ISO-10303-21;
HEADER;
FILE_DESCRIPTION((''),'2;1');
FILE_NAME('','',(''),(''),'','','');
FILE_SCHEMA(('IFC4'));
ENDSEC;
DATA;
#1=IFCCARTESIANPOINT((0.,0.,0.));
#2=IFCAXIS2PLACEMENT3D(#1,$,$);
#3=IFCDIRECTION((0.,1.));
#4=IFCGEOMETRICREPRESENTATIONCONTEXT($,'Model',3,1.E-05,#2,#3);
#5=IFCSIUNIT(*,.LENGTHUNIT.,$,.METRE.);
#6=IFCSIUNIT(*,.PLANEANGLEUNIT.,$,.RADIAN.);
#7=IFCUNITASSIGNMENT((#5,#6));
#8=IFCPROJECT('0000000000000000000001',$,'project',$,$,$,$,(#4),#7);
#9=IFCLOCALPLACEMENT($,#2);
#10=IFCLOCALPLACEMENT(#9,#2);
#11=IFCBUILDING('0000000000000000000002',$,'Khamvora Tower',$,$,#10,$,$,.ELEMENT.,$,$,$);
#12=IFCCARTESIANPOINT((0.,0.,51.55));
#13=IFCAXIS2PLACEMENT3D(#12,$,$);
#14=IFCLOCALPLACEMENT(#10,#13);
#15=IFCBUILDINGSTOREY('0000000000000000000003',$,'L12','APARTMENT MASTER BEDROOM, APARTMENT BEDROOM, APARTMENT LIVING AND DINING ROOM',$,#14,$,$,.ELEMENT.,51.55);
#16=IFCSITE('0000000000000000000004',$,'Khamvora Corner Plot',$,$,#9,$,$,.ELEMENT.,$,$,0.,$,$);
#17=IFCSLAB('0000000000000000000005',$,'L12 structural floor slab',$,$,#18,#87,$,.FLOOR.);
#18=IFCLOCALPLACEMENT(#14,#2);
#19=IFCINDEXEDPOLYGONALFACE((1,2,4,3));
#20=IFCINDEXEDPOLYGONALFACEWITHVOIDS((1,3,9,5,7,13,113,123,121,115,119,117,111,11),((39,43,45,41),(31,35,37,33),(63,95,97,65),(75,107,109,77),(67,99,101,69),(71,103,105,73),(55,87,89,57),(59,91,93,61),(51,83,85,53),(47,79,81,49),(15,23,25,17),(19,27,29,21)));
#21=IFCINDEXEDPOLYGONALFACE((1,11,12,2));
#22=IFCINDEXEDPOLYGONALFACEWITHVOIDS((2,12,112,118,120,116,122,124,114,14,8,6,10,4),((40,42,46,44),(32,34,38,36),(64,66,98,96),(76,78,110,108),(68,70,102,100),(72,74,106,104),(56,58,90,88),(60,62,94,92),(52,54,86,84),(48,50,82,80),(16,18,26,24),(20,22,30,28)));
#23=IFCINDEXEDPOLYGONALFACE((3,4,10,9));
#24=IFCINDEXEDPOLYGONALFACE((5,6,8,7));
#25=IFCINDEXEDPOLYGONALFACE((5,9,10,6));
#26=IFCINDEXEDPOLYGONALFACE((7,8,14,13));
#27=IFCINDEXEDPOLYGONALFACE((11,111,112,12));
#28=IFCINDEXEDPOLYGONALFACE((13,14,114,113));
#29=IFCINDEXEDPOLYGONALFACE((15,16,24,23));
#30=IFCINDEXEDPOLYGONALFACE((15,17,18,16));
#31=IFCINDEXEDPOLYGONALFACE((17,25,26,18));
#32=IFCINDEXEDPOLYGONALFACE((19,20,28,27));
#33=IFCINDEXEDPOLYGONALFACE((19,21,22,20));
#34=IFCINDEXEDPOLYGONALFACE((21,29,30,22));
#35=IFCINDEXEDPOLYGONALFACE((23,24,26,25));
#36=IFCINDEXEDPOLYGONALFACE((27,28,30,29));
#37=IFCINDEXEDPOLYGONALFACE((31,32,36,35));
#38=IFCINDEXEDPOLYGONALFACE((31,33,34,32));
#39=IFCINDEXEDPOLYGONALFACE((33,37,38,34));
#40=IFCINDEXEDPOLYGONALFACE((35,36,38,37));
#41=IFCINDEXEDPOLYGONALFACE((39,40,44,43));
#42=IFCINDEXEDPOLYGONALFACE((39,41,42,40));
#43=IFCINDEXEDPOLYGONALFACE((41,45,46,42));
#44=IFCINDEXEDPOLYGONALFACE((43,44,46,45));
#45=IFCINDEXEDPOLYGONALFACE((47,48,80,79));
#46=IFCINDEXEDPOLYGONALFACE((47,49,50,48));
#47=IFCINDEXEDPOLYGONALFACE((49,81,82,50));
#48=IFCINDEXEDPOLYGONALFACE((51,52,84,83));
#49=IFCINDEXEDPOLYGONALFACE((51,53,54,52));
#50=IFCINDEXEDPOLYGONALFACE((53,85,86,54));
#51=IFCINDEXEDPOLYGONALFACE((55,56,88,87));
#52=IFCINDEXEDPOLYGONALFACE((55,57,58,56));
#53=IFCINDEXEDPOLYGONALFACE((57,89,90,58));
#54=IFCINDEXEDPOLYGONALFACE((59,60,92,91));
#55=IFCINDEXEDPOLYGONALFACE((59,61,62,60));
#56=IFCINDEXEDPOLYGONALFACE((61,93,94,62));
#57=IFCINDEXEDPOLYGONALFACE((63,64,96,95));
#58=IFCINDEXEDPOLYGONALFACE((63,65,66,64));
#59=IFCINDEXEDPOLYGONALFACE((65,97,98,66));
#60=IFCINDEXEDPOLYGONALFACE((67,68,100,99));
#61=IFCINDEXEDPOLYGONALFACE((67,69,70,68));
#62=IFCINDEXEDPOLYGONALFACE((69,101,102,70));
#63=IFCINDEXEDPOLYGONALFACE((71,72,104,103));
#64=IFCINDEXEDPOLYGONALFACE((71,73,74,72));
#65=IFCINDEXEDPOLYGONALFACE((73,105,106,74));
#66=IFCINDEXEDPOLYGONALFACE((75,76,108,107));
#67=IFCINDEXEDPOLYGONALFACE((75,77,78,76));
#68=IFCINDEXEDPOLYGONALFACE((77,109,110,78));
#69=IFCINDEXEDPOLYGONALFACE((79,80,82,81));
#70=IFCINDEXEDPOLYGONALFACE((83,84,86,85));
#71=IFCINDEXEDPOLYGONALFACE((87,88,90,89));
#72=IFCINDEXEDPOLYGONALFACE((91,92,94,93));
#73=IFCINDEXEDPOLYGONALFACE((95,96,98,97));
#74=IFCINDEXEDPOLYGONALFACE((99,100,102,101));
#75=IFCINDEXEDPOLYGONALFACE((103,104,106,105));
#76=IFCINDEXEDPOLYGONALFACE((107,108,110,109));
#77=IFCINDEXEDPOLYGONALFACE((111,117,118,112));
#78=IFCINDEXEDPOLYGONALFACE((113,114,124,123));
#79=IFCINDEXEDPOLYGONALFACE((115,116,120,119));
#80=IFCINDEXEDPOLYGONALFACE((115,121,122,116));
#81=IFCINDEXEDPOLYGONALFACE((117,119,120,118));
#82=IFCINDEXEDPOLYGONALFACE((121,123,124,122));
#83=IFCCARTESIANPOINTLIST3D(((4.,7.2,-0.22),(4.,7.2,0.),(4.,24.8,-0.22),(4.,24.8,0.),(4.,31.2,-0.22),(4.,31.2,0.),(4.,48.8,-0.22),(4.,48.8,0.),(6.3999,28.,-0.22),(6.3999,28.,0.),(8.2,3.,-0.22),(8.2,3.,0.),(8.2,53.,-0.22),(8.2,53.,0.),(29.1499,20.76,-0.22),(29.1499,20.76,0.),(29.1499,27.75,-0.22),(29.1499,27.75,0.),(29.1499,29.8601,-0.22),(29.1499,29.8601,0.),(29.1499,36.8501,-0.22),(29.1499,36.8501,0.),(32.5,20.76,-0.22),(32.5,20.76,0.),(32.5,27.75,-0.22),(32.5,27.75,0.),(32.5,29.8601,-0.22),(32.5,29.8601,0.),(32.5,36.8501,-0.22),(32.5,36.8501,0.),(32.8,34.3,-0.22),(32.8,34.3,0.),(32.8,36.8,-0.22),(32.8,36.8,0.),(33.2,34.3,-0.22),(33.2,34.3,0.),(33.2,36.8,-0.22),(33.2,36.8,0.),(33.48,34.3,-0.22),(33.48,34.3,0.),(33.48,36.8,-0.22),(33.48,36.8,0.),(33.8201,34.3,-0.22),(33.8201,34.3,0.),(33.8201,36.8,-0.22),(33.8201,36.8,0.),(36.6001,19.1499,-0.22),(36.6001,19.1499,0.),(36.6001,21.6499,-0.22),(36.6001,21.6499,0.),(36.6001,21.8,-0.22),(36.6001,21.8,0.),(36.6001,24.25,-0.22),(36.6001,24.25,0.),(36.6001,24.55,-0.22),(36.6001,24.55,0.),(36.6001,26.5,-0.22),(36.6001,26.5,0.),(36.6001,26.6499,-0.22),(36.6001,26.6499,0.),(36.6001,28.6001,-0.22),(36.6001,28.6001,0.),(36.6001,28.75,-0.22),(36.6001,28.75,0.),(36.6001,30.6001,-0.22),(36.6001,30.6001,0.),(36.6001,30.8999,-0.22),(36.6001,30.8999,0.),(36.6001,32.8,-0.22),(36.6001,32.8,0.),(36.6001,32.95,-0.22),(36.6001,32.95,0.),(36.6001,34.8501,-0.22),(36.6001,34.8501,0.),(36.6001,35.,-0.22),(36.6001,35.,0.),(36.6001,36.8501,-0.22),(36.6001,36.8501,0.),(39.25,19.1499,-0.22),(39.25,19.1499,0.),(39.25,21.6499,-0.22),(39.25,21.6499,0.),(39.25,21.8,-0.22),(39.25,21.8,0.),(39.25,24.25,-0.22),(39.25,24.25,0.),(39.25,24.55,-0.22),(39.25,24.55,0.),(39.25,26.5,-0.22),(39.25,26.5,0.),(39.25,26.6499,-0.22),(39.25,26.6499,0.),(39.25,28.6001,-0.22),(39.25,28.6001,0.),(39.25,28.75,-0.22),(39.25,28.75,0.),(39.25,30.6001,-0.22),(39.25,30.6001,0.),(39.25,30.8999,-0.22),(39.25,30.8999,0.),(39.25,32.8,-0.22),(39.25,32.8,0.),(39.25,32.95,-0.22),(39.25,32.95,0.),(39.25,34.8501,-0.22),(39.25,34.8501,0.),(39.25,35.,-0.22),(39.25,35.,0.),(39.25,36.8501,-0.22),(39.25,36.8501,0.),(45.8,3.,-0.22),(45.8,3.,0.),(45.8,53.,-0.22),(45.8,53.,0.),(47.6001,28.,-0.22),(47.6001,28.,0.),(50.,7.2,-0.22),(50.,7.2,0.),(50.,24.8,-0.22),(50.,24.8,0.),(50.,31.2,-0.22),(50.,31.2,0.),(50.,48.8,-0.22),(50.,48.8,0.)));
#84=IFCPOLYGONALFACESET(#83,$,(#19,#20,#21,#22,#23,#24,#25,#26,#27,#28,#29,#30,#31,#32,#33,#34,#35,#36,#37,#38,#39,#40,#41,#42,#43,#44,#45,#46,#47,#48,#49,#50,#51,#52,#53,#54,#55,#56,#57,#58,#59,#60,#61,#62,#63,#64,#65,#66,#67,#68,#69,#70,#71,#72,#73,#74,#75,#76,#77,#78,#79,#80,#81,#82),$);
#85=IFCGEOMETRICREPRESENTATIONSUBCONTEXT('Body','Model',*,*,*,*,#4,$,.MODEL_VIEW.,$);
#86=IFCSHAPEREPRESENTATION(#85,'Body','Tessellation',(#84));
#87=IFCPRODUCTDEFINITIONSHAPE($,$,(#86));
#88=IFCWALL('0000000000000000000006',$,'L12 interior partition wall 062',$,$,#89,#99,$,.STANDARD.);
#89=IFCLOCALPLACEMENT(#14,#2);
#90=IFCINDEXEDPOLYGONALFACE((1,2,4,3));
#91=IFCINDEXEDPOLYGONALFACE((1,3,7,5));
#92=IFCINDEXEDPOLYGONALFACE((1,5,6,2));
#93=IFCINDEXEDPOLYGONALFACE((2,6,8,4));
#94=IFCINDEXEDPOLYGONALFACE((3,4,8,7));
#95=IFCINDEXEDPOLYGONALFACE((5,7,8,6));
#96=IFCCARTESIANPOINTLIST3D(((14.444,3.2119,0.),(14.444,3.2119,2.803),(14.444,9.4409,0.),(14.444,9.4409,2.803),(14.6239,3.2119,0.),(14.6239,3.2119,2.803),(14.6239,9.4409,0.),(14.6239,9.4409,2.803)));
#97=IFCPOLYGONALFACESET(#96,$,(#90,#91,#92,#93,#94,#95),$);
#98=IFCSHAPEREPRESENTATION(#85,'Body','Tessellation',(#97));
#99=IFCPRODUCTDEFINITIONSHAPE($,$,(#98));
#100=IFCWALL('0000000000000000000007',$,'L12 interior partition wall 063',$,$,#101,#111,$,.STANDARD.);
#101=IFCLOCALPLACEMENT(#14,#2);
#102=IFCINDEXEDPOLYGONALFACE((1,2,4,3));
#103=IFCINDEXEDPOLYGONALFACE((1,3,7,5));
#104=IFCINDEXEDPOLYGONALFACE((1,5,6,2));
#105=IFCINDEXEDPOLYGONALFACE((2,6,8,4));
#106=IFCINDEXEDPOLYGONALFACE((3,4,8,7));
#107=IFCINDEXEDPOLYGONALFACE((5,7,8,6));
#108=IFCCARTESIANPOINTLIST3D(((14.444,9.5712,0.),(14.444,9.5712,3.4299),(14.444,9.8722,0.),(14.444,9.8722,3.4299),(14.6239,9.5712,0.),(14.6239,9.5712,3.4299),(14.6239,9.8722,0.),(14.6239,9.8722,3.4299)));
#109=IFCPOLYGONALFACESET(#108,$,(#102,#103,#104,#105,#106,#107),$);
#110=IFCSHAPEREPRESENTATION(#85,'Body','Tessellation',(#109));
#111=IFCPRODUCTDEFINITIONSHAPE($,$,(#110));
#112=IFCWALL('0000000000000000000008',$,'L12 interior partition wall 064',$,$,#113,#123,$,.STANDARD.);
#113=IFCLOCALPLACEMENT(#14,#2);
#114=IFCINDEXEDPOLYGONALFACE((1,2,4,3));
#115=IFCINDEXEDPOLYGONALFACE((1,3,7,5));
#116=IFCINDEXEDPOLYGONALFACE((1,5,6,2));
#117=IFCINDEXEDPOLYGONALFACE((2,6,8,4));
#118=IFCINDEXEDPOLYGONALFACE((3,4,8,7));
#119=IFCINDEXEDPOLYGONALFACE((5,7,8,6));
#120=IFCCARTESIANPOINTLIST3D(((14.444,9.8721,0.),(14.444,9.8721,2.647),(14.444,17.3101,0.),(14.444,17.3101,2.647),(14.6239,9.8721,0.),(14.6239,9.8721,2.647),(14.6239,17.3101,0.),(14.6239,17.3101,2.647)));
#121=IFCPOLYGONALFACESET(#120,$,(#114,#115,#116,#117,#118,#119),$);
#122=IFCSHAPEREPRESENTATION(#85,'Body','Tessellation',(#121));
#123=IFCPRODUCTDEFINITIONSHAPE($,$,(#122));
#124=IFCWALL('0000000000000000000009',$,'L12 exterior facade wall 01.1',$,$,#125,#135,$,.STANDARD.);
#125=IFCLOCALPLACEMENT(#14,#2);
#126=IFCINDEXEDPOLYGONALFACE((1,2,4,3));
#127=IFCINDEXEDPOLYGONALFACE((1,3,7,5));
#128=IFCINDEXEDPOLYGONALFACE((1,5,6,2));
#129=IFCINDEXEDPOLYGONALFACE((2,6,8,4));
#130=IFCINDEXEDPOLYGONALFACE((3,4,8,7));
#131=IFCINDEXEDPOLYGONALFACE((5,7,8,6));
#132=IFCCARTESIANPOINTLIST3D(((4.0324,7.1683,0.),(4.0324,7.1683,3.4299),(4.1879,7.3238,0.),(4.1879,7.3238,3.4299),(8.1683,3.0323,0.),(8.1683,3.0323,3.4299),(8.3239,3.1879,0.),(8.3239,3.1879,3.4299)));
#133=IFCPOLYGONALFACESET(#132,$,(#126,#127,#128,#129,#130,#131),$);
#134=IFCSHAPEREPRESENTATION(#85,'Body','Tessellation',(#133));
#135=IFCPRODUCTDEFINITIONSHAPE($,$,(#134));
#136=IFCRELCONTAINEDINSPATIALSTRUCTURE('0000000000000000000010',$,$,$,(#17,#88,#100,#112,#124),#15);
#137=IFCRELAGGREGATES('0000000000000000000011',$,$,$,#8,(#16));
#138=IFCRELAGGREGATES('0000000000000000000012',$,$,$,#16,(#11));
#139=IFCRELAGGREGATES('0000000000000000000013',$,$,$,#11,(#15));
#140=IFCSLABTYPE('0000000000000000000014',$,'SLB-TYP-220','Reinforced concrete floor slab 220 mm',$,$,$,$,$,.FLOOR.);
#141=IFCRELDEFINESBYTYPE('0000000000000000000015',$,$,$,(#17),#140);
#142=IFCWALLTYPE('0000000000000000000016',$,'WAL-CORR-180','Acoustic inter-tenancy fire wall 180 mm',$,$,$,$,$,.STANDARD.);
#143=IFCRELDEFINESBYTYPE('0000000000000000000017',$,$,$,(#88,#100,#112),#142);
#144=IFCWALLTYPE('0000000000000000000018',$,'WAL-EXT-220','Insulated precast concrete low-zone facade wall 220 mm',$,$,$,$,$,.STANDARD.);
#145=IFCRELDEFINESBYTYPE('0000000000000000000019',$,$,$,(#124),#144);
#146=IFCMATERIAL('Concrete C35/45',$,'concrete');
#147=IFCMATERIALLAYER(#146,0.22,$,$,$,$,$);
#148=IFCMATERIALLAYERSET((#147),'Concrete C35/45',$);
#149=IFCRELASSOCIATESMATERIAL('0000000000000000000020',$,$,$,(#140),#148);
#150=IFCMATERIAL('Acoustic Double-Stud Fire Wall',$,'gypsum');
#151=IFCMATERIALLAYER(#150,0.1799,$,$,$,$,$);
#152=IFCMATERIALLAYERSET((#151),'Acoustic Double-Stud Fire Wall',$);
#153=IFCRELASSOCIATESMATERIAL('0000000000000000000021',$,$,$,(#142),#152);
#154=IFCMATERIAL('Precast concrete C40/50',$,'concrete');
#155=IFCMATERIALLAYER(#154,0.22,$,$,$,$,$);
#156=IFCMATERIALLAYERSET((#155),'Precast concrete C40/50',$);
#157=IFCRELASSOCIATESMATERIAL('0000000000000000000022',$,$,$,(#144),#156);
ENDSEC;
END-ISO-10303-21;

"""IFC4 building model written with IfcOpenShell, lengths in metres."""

from ifc_helpers import new_model, si_unit, direction, frame, frame_2d, origin, place, context, subcontext, project, spatial, polyline, rectangle, outline, extrude, material, layer, layer_set, type_object, element, save


model = new_model("IFC4")

# Units and contexts
model_context = context("Model", 3, precision=1e-05, world=origin(), true_north=direction((0.0, 1.0)))
body_context = subcontext(model_context, "Body", "Model", "MODEL_VIEW")
ifc_project = project(units=[si_unit("LENGTHUNIT", "METRE"), si_unit("PLANEANGLEUNIT", "RADIAN")], contexts=[model_context])

# Site, building, storey
site_placement = place(None, origin())
site = spatial("IfcSite", under=ifc_project, at=site_placement, Name="Khamvora Corner Plot", CompositionType="ELEMENT", RefElevation=0.0)
building_placement = place(site_placement, origin())
building = spatial("IfcBuilding", under=site, at=building_placement, Name="Khamvora Tower", CompositionType="ELEMENT")
storey_placement = place(building_placement, frame((0.0, 0.0, 51.55)))
storey = spatial("IfcBuildingStorey", under=building, at=storey_placement, Name="L12", Description="APARTMENT MASTER BEDROOM, APARTMENT BEDROOM, APARTMENT LIVING AND DINING ROOM", CompositionType="ELEMENT", Elevation=51.55)

# Slab
ifc_material_1 = material(Name="Concrete C35/45", Category="concrete")
ifc_layer_1 = layer(ifc_material_1, 0.22)
ifc_layer_set_1 = layer_set([ifc_layer_1], Name="Concrete C35/45")
slab_type_1 = type_object("IfcSlabType", Name="SLB-TYP-220", Description="Reinforced concrete floor slab 220 mm", PredefinedType="FLOOR", material=ifc_layer_set_1)
slab_1_placement = place(storey_placement, frame((0.0, 0.0, -0.22)))
element("IfcSlab", 1, at=slab_1_placement, inside=storey, type_object=slab_type_1, Name="L12 structural floor slab", PredefinedType="FLOOR", context=body_context, shape_type="SweptSolid", body=[
    extrude(outline(polyline([(8.2, 3.0), (45.8, 3.0), (50.0, 7.2), (50.0, 24.8), (47.6001, 28.0), (50.0, 31.2), (50.0, 48.8), (45.8, 53.0), (8.2, 53.0), (4.0, 48.8), (4.0, 31.2), (6.3999, 28.0), (4.0, 24.8), (4.0, 7.2), (8.2, 3.0)]), holes=[polyline([(32.5, 20.76), (32.5, 27.75), (29.1499, 27.75), (29.1499, 20.76), (32.5, 20.76)]), polyline([(32.5, 29.8601), (32.5, 36.8501), (29.1499, 36.8501), (29.1499, 29.8601), (32.5, 29.8601)]), polyline([(36.6001, 19.1499), (39.25, 19.1499), (39.25, 21.6499), (36.6001, 21.6499), (36.6001, 19.1499)]), polyline([(36.6001, 21.8), (39.25, 21.8), (39.25, 24.25), (36.6001, 24.25), (36.6001, 21.8)]), polyline([(36.6001, 24.55), (39.25, 24.55), (39.25, 26.5), (36.6001, 26.5), (36.6001, 24.55)]), polyline([(36.6001, 26.6499), (39.25, 26.6499), (39.25, 28.6001), (36.6001, 28.6001), (36.6001, 26.6499)]), polyline([(36.6001, 28.75), (39.25, 28.75), (39.25, 30.6001), (36.6001, 30.6001), (36.6001, 28.75)]), polyline([(36.6001, 30.8999), (39.25, 30.8999), (39.25, 32.8), (36.6001, 32.8), (36.6001, 30.8999)]), polyline([(36.6001, 32.95), (39.25, 32.95), (39.25, 34.8501), (36.6001, 34.8501), (36.6001, 32.95)]), polyline([(36.6001, 35.0), (39.25, 35.0), (39.25, 36.8501), (36.6001, 36.8501), (36.6001, 35.0)]), polyline([(32.8, 34.3), (33.2, 34.3), (33.2, 36.8), (32.8, 36.8), (32.8, 34.3)]), polyline([(33.48, 34.3), (33.8201, 34.3), (33.8201, 36.8), (33.48, 36.8), (33.48, 34.3)])]), origin(), (0.0, 0.0, 1.0), 0.22),
])

# Walls
ifc_material_2 = material(Name="Acoustic Double-Stud Fire Wall", Category="gypsum")
ifc_layer_2 = layer(ifc_material_2, 0.1799)
ifc_layer_set_2 = layer_set([ifc_layer_2], Name="Acoustic Double-Stud Fire Wall")
wall_type_1 = type_object("IfcWallType", Name="WAL-CORR-180", Description="Acoustic inter-tenancy fire wall 180 mm", PredefinedType="STANDARD", material=ifc_layer_set_2)
wall_1_placement = place(storey_placement, frame((14.5339, 9.4409, 0.0), z_axis=(0.0, 0.0, 1.0), x_axis=(0.0, -1.0, 0.0)))
element("IfcWall", 2, at=wall_1_placement, inside=storey, type_object=wall_type_1, Name="L12 interior partition wall 062", PredefinedType="STANDARD", context=body_context, shape_type="SweptSolid", body=[
    extrude(rectangle(XDim=6.229, YDim=0.1799, at=frame_2d((3.1145, 0.0))), origin(), (0.0, 0.0, 1.0), 2.803),
])
wall_2_placement = place(storey_placement, frame((14.5339, 9.8721, 0.0), z_axis=(0.0, 0.0, 1.0), x_axis=(0.0, -1.0, 0.0)))
element("IfcWall", 3, at=wall_2_placement, inside=storey, type_object=wall_type_1, Name="L12 interior partition wall 063", PredefinedType="STANDARD", context=body_context, shape_type="SweptSolid", body=[
    extrude(rectangle(XDim=0.301, YDim=0.1799, at=frame_2d((0.1504, 0.0))), origin(), (0.0, 0.0, 1.0), 3.4299),
])
wall_3_placement = place(storey_placement, frame((14.5339, 17.3101, 0.0), z_axis=(0.0, 0.0, 1.0), x_axis=(0.0, -1.0, 0.0)))
element("IfcWall", 4, at=wall_3_placement, inside=storey, type_object=wall_type_1, Name="L12 interior partition wall 064", PredefinedType="STANDARD", context=body_context, shape_type="SweptSolid", body=[
    extrude(rectangle(XDim=7.438, YDim=0.1799, at=frame_2d((3.719, 0.0))), origin(), (0.0, 0.0, 1.0), 2.647),
])
ifc_material_3 = material(Name="Precast concrete C40/50", Category="concrete")
ifc_layer_3 = layer(ifc_material_3, 0.22)
ifc_layer_set_3 = layer_set([ifc_layer_3], Name="Precast concrete C40/50")
wall_type_2 = type_object("IfcWallType", Name="WAL-EXT-220", Description="Insulated precast concrete low-zone facade wall 220 mm", PredefinedType="STANDARD", material=ifc_layer_set_3)
wall_4_placement = place(storey_placement, frame((8.2461, 3.1101, 0.0), z_axis=(0.0, 0.0, 1.0), x_axis=(-0.707107, 0.707107, 0.0)))
element("IfcWall", 5, at=wall_4_placement, inside=storey, type_object=wall_type_2, Name="L12 exterior facade wall 01.1", PredefinedType="STANDARD", context=body_context, shape_type="SweptSolid", body=[
    extrude(rectangle(XDim=5.8491, YDim=0.22, at=frame_2d((2.9246, 0.0))), origin(), (0.0, 0.0, 1.0), 3.4299),
])

save(model, "model.ifc")
